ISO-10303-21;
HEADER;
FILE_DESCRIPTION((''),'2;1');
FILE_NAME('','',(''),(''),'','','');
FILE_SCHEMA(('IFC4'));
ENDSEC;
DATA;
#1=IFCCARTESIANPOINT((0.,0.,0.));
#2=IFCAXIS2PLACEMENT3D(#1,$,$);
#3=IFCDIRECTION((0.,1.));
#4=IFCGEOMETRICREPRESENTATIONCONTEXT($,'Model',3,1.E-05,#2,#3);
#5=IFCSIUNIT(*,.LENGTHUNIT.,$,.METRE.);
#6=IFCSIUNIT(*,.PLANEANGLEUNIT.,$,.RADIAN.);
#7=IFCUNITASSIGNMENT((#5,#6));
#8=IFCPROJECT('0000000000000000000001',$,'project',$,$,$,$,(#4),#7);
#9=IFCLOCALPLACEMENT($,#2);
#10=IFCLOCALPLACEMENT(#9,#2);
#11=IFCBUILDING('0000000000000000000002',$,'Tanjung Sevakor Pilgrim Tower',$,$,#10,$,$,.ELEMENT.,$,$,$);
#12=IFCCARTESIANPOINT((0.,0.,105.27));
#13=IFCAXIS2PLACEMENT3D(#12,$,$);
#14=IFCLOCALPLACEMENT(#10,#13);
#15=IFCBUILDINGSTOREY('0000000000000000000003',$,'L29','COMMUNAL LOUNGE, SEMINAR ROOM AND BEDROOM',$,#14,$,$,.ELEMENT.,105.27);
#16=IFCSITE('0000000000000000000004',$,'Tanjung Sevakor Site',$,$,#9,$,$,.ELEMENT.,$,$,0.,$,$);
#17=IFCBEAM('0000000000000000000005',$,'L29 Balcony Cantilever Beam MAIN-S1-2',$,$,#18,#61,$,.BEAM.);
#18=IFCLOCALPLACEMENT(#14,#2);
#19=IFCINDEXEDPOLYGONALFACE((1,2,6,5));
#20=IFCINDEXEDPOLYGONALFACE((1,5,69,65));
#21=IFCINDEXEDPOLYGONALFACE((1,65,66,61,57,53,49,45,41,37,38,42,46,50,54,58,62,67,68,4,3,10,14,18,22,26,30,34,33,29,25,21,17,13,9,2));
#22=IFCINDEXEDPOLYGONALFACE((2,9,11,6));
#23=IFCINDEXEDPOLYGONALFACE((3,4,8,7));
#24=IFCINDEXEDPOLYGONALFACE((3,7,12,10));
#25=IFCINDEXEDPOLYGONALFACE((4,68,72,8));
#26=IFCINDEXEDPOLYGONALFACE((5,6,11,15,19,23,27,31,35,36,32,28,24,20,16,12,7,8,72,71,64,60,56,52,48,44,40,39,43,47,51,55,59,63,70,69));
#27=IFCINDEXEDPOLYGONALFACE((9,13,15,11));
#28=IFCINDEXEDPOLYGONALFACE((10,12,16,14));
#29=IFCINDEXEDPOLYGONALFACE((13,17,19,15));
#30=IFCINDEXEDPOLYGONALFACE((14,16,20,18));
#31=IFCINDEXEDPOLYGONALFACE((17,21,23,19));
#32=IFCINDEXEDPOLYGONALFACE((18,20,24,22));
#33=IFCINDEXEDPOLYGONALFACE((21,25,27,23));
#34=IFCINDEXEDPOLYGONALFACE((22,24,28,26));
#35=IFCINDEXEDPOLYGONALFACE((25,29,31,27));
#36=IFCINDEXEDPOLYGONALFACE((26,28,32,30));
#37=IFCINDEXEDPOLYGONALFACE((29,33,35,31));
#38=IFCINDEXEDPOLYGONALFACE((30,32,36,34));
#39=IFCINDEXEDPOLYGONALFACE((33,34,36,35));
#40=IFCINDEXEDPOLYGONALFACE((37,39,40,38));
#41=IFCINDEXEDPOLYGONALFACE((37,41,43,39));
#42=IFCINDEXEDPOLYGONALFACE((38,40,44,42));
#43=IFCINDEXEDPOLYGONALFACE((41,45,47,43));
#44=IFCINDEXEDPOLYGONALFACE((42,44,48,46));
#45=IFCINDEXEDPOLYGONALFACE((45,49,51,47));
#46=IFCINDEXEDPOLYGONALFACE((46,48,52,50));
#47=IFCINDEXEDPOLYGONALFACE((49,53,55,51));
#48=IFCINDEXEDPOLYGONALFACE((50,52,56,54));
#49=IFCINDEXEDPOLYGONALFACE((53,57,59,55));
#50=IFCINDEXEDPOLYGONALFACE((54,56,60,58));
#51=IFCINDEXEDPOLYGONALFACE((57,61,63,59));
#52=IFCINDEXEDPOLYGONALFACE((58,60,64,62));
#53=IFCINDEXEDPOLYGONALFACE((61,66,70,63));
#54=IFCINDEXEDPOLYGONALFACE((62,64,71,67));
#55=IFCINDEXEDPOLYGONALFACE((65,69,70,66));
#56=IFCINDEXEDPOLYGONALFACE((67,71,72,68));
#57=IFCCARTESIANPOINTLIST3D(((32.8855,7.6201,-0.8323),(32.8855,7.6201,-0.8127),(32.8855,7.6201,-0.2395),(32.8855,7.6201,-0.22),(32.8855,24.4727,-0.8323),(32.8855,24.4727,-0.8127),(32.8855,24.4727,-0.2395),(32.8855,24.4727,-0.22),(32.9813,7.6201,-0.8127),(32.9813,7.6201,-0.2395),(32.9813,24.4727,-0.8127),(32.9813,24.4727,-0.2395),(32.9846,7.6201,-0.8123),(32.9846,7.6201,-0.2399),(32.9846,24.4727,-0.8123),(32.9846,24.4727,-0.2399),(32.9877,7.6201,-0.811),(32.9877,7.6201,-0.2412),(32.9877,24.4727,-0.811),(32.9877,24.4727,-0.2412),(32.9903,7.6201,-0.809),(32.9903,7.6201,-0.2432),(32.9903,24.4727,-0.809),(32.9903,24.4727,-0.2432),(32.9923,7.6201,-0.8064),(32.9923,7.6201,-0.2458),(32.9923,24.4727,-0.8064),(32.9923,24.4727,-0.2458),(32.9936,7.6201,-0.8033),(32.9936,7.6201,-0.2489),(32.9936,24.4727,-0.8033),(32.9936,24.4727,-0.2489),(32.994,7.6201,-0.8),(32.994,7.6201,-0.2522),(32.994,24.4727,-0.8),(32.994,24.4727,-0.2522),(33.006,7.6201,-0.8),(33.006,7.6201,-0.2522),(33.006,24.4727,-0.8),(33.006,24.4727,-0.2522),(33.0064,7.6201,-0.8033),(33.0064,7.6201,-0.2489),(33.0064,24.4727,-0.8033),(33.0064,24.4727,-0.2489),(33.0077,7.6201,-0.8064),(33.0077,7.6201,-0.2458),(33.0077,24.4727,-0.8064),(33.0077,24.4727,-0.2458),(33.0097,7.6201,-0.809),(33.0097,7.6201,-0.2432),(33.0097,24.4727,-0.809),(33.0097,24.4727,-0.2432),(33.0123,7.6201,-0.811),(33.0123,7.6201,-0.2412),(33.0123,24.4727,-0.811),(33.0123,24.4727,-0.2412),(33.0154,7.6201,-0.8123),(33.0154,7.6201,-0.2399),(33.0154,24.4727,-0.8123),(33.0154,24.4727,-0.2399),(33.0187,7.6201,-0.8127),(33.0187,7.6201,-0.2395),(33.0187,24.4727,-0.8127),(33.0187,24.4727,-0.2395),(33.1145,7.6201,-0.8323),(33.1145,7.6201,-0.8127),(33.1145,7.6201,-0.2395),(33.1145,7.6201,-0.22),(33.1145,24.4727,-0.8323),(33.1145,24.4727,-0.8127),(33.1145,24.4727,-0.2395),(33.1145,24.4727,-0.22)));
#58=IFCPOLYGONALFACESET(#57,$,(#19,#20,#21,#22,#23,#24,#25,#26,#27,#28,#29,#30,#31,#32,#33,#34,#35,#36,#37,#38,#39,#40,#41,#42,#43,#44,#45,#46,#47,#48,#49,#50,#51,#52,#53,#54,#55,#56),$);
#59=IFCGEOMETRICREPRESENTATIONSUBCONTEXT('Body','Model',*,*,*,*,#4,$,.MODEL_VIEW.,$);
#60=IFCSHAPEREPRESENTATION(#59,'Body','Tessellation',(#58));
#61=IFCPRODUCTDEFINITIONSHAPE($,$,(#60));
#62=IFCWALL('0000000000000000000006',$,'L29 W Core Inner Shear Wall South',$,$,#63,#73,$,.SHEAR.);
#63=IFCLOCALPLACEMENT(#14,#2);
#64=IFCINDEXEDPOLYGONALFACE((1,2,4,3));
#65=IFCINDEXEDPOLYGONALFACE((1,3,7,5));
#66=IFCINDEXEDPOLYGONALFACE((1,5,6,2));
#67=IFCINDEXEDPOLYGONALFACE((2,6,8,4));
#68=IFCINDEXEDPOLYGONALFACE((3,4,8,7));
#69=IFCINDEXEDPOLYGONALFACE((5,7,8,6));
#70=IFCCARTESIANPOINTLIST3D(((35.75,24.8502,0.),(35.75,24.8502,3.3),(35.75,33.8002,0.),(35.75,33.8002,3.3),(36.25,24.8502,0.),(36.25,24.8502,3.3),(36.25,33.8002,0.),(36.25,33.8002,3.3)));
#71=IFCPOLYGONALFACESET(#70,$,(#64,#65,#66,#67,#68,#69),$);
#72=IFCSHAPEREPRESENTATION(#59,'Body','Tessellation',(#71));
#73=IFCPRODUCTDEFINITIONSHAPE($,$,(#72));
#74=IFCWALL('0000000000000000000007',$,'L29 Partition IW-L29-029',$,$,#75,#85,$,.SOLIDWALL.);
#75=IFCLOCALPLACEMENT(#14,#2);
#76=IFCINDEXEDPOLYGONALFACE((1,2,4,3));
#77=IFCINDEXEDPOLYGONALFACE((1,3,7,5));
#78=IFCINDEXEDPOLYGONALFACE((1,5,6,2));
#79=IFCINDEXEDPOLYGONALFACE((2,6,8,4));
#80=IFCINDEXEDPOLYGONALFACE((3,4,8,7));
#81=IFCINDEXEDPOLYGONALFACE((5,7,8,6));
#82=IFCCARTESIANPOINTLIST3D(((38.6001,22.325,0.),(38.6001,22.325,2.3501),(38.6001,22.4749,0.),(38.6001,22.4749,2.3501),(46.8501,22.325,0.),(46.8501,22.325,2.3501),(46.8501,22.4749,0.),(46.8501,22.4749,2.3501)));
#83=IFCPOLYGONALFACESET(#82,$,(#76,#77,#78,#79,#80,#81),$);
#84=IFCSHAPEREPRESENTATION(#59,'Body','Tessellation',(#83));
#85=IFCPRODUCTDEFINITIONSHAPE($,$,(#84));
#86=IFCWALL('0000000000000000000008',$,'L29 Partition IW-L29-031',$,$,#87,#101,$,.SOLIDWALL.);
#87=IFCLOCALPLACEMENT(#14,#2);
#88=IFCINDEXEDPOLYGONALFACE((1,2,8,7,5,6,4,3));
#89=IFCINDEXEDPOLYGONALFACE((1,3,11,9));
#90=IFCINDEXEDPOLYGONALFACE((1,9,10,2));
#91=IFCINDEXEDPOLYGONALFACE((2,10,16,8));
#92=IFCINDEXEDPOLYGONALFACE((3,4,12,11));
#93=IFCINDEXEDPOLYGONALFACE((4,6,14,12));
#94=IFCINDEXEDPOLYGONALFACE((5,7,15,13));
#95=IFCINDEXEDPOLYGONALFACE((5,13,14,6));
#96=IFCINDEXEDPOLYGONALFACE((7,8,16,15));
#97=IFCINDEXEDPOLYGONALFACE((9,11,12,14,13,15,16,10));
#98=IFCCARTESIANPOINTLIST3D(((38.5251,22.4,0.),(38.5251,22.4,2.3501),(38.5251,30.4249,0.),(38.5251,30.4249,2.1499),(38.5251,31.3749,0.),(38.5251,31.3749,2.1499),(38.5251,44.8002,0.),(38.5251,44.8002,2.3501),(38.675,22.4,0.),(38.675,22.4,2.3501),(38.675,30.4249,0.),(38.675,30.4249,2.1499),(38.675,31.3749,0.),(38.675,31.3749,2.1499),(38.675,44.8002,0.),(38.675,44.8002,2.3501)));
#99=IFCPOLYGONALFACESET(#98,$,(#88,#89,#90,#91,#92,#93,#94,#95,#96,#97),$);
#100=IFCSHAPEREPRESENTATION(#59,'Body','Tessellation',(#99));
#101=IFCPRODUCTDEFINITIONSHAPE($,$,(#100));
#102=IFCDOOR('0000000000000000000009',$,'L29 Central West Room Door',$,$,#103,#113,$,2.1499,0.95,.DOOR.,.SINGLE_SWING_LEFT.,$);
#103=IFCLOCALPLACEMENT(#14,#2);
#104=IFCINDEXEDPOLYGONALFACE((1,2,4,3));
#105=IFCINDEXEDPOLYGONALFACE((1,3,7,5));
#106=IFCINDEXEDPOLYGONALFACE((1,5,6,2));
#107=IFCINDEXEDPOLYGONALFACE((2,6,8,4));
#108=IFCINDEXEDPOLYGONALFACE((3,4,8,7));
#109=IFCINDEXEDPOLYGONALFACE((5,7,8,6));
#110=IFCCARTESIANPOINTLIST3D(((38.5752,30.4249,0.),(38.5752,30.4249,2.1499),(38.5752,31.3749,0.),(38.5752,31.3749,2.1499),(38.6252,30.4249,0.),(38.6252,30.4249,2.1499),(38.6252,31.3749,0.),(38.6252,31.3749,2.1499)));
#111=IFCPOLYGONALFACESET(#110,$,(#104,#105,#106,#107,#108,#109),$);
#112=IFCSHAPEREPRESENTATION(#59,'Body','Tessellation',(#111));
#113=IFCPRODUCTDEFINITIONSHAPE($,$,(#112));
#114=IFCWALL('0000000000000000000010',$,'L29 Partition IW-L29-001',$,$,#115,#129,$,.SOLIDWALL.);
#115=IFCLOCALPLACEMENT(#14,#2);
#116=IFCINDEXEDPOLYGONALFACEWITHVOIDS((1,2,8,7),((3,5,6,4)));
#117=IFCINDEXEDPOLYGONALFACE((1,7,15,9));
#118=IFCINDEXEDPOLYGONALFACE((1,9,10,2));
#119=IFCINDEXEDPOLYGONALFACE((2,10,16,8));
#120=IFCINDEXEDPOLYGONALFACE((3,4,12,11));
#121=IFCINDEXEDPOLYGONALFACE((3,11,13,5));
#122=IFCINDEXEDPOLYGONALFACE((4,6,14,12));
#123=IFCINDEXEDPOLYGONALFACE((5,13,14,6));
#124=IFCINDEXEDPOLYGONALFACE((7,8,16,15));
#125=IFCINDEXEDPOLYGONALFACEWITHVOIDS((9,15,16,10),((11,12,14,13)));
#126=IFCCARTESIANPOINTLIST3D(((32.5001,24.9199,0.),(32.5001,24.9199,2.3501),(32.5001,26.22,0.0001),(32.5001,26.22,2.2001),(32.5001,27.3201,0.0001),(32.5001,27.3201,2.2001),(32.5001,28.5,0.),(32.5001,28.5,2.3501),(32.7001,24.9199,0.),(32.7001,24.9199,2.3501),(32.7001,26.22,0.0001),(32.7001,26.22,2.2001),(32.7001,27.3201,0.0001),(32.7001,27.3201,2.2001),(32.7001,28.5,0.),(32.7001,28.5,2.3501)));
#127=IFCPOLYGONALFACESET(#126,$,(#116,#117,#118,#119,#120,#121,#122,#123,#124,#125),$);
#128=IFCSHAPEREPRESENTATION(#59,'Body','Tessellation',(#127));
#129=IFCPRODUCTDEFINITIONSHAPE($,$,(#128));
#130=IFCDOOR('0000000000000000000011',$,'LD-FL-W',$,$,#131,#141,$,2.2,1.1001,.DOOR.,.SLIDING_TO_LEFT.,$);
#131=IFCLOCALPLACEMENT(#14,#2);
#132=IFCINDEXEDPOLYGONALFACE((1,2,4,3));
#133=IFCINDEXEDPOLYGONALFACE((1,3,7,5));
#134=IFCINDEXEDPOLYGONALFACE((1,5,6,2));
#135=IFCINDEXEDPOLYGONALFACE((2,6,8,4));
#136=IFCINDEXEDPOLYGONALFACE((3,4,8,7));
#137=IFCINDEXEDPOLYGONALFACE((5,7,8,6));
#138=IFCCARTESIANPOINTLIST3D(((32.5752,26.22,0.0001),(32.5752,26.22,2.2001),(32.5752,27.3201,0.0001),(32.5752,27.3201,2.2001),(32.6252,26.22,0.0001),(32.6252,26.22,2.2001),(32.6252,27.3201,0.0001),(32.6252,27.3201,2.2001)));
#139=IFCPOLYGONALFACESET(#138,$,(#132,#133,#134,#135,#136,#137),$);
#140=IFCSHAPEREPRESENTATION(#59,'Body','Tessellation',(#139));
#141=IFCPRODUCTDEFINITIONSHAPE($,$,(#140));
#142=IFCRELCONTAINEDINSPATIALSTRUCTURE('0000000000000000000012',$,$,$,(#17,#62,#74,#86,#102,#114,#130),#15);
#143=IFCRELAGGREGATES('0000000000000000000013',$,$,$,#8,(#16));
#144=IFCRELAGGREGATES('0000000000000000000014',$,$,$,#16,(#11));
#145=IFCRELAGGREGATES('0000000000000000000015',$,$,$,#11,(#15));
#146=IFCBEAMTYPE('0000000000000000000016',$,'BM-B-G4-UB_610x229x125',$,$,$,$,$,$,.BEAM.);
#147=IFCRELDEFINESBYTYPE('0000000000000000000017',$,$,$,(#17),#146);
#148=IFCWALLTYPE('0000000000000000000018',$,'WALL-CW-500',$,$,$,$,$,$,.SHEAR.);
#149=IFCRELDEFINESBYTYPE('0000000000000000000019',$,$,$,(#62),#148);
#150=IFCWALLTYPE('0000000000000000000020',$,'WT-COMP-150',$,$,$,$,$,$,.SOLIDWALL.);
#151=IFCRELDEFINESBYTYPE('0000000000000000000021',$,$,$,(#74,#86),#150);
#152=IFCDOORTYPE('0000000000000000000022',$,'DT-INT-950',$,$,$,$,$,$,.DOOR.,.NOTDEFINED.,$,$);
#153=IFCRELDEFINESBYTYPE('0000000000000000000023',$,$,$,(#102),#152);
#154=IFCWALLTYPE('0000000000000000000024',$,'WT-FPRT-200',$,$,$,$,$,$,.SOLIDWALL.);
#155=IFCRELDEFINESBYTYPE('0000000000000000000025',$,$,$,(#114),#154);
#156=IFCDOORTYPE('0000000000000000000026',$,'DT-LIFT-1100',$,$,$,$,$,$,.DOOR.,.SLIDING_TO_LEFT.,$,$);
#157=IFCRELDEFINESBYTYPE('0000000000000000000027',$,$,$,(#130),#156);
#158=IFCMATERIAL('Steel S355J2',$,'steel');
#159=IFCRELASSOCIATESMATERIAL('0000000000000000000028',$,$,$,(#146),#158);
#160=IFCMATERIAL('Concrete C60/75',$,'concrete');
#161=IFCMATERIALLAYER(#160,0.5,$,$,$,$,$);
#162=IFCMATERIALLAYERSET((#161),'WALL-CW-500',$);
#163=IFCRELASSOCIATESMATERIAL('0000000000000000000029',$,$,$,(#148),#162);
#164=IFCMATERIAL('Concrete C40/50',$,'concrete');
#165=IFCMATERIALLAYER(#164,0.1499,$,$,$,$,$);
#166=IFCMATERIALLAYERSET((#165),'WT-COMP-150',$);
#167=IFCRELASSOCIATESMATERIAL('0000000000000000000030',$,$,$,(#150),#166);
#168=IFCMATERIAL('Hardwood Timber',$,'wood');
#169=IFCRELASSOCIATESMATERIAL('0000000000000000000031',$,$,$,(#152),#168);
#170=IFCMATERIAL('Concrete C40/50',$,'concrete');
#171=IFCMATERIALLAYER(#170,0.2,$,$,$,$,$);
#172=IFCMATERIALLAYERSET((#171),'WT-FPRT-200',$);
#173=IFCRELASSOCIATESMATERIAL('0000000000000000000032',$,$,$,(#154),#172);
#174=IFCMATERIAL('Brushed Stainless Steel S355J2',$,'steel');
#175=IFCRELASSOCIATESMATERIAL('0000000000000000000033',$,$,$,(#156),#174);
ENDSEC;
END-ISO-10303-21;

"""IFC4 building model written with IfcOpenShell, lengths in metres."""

from ifc_helpers import new_model, si_unit, direction, frame, frame_2d, origin, origin_2d, place, context, subcontext, project, spatial, rectangle, i_section, extrude, material, layer, layer_set, material_profile, profile_set, type_object, element, fill, save


model = new_model("IFC4")

# Units and contexts
model_context = context("Model", 3, precision=1e-05, world=origin(), true_north=direction((0.0, 1.0)))
body_context = subcontext(model_context, "Body", "Model", "MODEL_VIEW")
ifc_project = project(units=[si_unit("LENGTHUNIT", "METRE"), si_unit("PLANEANGLEUNIT", "RADIAN")], contexts=[model_context])

# Site, building, storey
site_placement = place(None, origin())
site = spatial("IfcSite", under=ifc_project, at=site_placement, Name="Tanjung Sevakor Site", CompositionType="ELEMENT", RefElevation=0.0)
building_placement = place(site_placement, origin())
building = spatial("IfcBuilding", under=site, at=building_placement, Name="Tanjung Sevakor Pilgrim Tower", CompositionType="ELEMENT")
storey_placement = place(building_placement, frame((0.0, 0.0, 105.27)))
storey = spatial("IfcBuildingStorey", under=building, at=storey_placement, Name="L29", Description="COMMUNAL LOUNGE, SEMINAR ROOM AND BEDROOM", CompositionType="ELEMENT", Elevation=105.27)

# Beam
ifc_material_1 = material(Name="Steel S355J2", Category="steel")
ifc_material_profile_1 = material_profile(ifc_material_1, i_section(OverallWidth=0.229, OverallDepth=0.6123, WebThickness=0.012, FlangeThickness=0.0195, FilletRadius=0.0127, at=origin_2d()))
ifc_profile_set_1 = profile_set([ifc_material_profile_1], Name="Steel S355J2")
beam_type_1 = type_object("IfcBeamType", Name="BM-B-G4-UB_610x229x125", PredefinedType="BEAM", material=ifc_profile_set_1)
beam_1_placement = place(storey_placement, frame((33.0, 24.4727, -0.5261), z_axis=(0.0, -1.0, 0.0), x_axis=(1.0, 0.0, 0.0)))
element("IfcBeam", 1, at=beam_1_placement, inside=storey, type_object=beam_type_1, Name="L29 Balcony Cantilever Beam MAIN-S1-2", PredefinedType="BEAM", context=body_context, shape_type="SweptSolid", body=[
    extrude(i_section(OverallWidth=0.229, OverallDepth=0.6123, WebThickness=0.012, FlangeThickness=0.0195, FilletRadius=0.0127, at=origin_2d()), origin(), (0.0, 0.0, 1.0), 16.8525),
])

# Wall
ifc_material_2 = material(Name="Concrete C60/75", Category="concrete")
ifc_layer_1 = layer(ifc_material_2, 0.5)
ifc_layer_set_1 = layer_set([ifc_layer_1], Name="WALL-CW-500")
wall_type_1 = type_object("IfcWallType", Name="WALL-CW-500", PredefinedType="SHEAR", material=ifc_layer_set_1)
wall_1_placement = place(storey_placement, frame((36.0, 24.8501, 0.0), z_axis=(0.0, 0.0, 1.0), x_axis=(0.0, 1.0, 0.0)))
element("IfcWall", 2, at=wall_1_placement, inside=storey, type_object=wall_type_1, Name="L29 W Core Inner Shear Wall South", PredefinedType="SHEAR", context=body_context, shape_type="SweptSolid", body=[
    extrude(rectangle(XDim=8.95, YDim=0.5, at=frame_2d((4.4751, 0.0))), origin(), (0.0, 0.0, 1.0), 3.3),
])

# Shared definitions
ifc_material_3 = material(Name="Concrete C40/50", Category="concrete")
ifc_layer_2 = layer(ifc_material_3, 0.1499)
ifc_layer_set_2 = layer_set([ifc_layer_2], Name="WT-COMP-150")
wall_type_2 = type_object("IfcWallType", Name="WT-COMP-150", PredefinedType="SOLIDWALL", material=ifc_layer_set_2)

# Wall
wall_2_placement = place(storey_placement, frame((38.6001, 22.3999, 0.0), z_axis=(0.0, 0.0, 1.0), x_axis=(1.0, 0.0, 0.0)))
element("IfcWall", 3, at=wall_2_placement, inside=storey, type_object=wall_type_2, Name="L29 Partition IW-L29-029", PredefinedType="SOLIDWALL", context=body_context, shape_type="SweptSolid", body=[
    extrude(rectangle(XDim=8.25, YDim=0.1499, at=frame_2d((4.125, 0.0))), origin(), (0.0, 0.0, 1.0), 2.3501),
])

# Walls, openings, doors
wall_3_placement = place(storey_placement, frame((38.6001, 22.3999, 0.0), z_axis=(0.0, 0.0, 1.0), x_axis=(0.0, 1.0, 0.0)))
wall_3 = element("IfcWall", 4, at=wall_3_placement, inside=storey, type_object=wall_type_2, Name="L29 Partition IW-L29-031", PredefinedType="SOLIDWALL", context=body_context, shape_type="SweptSolid", body=[
    extrude(rectangle(XDim=22.4001, YDim=0.1499, at=frame_2d((11.2002, 0.0))), origin(), (0.0, 0.0, 1.0), 2.3501),
])
opening_1_placement = place(wall_3_placement, frame((8.0249, 0.0, 0.0)))
opening_1 = element("IfcOpeningElement", 5, at=opening_1_placement, cuts=wall_3, PredefinedType="OPENING", context=body_context, shape_type="SweptSolid", body=[
    extrude(rectangle(XDim=0.95, YDim=2.1499, at=frame_2d((0.4751, 1.075))), frame((0.0, 0.085, 0.0), z_axis=(0.0, -1.0, 0.0), x_axis=(1.0, 0.0, 0.0)), (0.0, 0.0, 1.0), 0.1699),
])
ifc_material_4 = material(Name="Hardwood Timber", Category="wood")
door_type_1 = type_object("IfcDoorType", Name="DT-INT-950", OperationType="NOTDEFINED", PredefinedType="DOOR", material=ifc_material_4)
door_1_placement = place(opening_1_placement, origin())
door_1 = element("IfcDoor", 6, at=door_1_placement, inside=storey, type_object=door_type_1, Name="L29 Central West Room Door", OperationType="SINGLE_SWING_LEFT", OverallHeight=2.1499, OverallWidth=0.95, PredefinedType="DOOR", context=body_context, shape_type="SweptSolid", body=[
    extrude(rectangle(XDim=0.95, YDim=2.1499, at=frame_2d((0.4751, 1.075))), frame((0.0, 0.0249, 0.0), z_axis=(0.0, -1.0, 0.0), x_axis=(1.0, 0.0, 0.0)), (0.0, 0.0, 1.0), 0.05),
])
fill(opening_1, door_1)
ifc_material_5 = material(Name="Concrete C40/50", Category="concrete")
ifc_layer_3 = layer(ifc_material_5, 0.2)
ifc_layer_set_3 = layer_set([ifc_layer_3], Name="WT-FPRT-200")
wall_type_3 = type_object("IfcWallType", Name="WT-FPRT-200", PredefinedType="SOLIDWALL", material=ifc_layer_set_3)
wall_4_placement = place(storey_placement, frame((32.6001, 24.9199, 0.0), z_axis=(0.0, 0.0, 1.0), x_axis=(0.0, 1.0, 0.0)))
wall_4 = element("IfcWall", 7, at=wall_4_placement, inside=storey, type_object=wall_type_3, Name="L29 Partition IW-L29-001", PredefinedType="SOLIDWALL", context=body_context, shape_type="SweptSolid", body=[
    extrude(rectangle(XDim=3.5801, YDim=0.2, at=frame_2d((1.79, 0.0))), origin(), (0.0, 0.0, 1.0), 2.3501),
])
opening_2_placement = place(wall_4_placement, frame((1.3, 0.0, 0.0)))
opening_2 = element("IfcOpeningElement", 8, at=opening_2_placement, cuts=wall_4, PredefinedType="OPENING", context=body_context, shape_type="SweptSolid", body=[
    extrude(rectangle(XDim=1.1001, YDim=2.2, at=frame_2d((0.55, 1.1001))), frame((0.0, 0.1099, 0.0), z_axis=(0.0, -1.0, 0.0), x_axis=(1.0, 0.0, 0.0)), (0.0, 0.0, 1.0), 0.22),
])
ifc_material_6 = material(Name="Brushed Stainless Steel S355J2", Category="steel")
door_type_2 = type_object("IfcDoorType", Name="DT-LIFT-1100", OperationType="SLIDING_TO_LEFT", PredefinedType="DOOR", material=ifc_material_6)
door_2_placement = place(opening_2_placement, origin())
door_2 = element("IfcDoor", 9, at=door_2_placement, inside=storey, type_object=door_type_2, Name="LD-FL-W", OperationType="SLIDING_TO_LEFT", OverallHeight=2.2, OverallWidth=1.1001, PredefinedType="DOOR", context=body_context, shape_type="SweptSolid", body=[
    extrude(rectangle(XDim=1.1001, YDim=2.2, at=frame_2d((0.55, 1.1001))), frame((0.0, 0.0249, 0.0), z_axis=(0.0, -1.0, 0.0), x_axis=(1.0, 0.0, 0.0)), (0.0, 0.0, 1.0), 0.05),
])
fill(opening_2, door_2)

save(model, "model.ifc")
